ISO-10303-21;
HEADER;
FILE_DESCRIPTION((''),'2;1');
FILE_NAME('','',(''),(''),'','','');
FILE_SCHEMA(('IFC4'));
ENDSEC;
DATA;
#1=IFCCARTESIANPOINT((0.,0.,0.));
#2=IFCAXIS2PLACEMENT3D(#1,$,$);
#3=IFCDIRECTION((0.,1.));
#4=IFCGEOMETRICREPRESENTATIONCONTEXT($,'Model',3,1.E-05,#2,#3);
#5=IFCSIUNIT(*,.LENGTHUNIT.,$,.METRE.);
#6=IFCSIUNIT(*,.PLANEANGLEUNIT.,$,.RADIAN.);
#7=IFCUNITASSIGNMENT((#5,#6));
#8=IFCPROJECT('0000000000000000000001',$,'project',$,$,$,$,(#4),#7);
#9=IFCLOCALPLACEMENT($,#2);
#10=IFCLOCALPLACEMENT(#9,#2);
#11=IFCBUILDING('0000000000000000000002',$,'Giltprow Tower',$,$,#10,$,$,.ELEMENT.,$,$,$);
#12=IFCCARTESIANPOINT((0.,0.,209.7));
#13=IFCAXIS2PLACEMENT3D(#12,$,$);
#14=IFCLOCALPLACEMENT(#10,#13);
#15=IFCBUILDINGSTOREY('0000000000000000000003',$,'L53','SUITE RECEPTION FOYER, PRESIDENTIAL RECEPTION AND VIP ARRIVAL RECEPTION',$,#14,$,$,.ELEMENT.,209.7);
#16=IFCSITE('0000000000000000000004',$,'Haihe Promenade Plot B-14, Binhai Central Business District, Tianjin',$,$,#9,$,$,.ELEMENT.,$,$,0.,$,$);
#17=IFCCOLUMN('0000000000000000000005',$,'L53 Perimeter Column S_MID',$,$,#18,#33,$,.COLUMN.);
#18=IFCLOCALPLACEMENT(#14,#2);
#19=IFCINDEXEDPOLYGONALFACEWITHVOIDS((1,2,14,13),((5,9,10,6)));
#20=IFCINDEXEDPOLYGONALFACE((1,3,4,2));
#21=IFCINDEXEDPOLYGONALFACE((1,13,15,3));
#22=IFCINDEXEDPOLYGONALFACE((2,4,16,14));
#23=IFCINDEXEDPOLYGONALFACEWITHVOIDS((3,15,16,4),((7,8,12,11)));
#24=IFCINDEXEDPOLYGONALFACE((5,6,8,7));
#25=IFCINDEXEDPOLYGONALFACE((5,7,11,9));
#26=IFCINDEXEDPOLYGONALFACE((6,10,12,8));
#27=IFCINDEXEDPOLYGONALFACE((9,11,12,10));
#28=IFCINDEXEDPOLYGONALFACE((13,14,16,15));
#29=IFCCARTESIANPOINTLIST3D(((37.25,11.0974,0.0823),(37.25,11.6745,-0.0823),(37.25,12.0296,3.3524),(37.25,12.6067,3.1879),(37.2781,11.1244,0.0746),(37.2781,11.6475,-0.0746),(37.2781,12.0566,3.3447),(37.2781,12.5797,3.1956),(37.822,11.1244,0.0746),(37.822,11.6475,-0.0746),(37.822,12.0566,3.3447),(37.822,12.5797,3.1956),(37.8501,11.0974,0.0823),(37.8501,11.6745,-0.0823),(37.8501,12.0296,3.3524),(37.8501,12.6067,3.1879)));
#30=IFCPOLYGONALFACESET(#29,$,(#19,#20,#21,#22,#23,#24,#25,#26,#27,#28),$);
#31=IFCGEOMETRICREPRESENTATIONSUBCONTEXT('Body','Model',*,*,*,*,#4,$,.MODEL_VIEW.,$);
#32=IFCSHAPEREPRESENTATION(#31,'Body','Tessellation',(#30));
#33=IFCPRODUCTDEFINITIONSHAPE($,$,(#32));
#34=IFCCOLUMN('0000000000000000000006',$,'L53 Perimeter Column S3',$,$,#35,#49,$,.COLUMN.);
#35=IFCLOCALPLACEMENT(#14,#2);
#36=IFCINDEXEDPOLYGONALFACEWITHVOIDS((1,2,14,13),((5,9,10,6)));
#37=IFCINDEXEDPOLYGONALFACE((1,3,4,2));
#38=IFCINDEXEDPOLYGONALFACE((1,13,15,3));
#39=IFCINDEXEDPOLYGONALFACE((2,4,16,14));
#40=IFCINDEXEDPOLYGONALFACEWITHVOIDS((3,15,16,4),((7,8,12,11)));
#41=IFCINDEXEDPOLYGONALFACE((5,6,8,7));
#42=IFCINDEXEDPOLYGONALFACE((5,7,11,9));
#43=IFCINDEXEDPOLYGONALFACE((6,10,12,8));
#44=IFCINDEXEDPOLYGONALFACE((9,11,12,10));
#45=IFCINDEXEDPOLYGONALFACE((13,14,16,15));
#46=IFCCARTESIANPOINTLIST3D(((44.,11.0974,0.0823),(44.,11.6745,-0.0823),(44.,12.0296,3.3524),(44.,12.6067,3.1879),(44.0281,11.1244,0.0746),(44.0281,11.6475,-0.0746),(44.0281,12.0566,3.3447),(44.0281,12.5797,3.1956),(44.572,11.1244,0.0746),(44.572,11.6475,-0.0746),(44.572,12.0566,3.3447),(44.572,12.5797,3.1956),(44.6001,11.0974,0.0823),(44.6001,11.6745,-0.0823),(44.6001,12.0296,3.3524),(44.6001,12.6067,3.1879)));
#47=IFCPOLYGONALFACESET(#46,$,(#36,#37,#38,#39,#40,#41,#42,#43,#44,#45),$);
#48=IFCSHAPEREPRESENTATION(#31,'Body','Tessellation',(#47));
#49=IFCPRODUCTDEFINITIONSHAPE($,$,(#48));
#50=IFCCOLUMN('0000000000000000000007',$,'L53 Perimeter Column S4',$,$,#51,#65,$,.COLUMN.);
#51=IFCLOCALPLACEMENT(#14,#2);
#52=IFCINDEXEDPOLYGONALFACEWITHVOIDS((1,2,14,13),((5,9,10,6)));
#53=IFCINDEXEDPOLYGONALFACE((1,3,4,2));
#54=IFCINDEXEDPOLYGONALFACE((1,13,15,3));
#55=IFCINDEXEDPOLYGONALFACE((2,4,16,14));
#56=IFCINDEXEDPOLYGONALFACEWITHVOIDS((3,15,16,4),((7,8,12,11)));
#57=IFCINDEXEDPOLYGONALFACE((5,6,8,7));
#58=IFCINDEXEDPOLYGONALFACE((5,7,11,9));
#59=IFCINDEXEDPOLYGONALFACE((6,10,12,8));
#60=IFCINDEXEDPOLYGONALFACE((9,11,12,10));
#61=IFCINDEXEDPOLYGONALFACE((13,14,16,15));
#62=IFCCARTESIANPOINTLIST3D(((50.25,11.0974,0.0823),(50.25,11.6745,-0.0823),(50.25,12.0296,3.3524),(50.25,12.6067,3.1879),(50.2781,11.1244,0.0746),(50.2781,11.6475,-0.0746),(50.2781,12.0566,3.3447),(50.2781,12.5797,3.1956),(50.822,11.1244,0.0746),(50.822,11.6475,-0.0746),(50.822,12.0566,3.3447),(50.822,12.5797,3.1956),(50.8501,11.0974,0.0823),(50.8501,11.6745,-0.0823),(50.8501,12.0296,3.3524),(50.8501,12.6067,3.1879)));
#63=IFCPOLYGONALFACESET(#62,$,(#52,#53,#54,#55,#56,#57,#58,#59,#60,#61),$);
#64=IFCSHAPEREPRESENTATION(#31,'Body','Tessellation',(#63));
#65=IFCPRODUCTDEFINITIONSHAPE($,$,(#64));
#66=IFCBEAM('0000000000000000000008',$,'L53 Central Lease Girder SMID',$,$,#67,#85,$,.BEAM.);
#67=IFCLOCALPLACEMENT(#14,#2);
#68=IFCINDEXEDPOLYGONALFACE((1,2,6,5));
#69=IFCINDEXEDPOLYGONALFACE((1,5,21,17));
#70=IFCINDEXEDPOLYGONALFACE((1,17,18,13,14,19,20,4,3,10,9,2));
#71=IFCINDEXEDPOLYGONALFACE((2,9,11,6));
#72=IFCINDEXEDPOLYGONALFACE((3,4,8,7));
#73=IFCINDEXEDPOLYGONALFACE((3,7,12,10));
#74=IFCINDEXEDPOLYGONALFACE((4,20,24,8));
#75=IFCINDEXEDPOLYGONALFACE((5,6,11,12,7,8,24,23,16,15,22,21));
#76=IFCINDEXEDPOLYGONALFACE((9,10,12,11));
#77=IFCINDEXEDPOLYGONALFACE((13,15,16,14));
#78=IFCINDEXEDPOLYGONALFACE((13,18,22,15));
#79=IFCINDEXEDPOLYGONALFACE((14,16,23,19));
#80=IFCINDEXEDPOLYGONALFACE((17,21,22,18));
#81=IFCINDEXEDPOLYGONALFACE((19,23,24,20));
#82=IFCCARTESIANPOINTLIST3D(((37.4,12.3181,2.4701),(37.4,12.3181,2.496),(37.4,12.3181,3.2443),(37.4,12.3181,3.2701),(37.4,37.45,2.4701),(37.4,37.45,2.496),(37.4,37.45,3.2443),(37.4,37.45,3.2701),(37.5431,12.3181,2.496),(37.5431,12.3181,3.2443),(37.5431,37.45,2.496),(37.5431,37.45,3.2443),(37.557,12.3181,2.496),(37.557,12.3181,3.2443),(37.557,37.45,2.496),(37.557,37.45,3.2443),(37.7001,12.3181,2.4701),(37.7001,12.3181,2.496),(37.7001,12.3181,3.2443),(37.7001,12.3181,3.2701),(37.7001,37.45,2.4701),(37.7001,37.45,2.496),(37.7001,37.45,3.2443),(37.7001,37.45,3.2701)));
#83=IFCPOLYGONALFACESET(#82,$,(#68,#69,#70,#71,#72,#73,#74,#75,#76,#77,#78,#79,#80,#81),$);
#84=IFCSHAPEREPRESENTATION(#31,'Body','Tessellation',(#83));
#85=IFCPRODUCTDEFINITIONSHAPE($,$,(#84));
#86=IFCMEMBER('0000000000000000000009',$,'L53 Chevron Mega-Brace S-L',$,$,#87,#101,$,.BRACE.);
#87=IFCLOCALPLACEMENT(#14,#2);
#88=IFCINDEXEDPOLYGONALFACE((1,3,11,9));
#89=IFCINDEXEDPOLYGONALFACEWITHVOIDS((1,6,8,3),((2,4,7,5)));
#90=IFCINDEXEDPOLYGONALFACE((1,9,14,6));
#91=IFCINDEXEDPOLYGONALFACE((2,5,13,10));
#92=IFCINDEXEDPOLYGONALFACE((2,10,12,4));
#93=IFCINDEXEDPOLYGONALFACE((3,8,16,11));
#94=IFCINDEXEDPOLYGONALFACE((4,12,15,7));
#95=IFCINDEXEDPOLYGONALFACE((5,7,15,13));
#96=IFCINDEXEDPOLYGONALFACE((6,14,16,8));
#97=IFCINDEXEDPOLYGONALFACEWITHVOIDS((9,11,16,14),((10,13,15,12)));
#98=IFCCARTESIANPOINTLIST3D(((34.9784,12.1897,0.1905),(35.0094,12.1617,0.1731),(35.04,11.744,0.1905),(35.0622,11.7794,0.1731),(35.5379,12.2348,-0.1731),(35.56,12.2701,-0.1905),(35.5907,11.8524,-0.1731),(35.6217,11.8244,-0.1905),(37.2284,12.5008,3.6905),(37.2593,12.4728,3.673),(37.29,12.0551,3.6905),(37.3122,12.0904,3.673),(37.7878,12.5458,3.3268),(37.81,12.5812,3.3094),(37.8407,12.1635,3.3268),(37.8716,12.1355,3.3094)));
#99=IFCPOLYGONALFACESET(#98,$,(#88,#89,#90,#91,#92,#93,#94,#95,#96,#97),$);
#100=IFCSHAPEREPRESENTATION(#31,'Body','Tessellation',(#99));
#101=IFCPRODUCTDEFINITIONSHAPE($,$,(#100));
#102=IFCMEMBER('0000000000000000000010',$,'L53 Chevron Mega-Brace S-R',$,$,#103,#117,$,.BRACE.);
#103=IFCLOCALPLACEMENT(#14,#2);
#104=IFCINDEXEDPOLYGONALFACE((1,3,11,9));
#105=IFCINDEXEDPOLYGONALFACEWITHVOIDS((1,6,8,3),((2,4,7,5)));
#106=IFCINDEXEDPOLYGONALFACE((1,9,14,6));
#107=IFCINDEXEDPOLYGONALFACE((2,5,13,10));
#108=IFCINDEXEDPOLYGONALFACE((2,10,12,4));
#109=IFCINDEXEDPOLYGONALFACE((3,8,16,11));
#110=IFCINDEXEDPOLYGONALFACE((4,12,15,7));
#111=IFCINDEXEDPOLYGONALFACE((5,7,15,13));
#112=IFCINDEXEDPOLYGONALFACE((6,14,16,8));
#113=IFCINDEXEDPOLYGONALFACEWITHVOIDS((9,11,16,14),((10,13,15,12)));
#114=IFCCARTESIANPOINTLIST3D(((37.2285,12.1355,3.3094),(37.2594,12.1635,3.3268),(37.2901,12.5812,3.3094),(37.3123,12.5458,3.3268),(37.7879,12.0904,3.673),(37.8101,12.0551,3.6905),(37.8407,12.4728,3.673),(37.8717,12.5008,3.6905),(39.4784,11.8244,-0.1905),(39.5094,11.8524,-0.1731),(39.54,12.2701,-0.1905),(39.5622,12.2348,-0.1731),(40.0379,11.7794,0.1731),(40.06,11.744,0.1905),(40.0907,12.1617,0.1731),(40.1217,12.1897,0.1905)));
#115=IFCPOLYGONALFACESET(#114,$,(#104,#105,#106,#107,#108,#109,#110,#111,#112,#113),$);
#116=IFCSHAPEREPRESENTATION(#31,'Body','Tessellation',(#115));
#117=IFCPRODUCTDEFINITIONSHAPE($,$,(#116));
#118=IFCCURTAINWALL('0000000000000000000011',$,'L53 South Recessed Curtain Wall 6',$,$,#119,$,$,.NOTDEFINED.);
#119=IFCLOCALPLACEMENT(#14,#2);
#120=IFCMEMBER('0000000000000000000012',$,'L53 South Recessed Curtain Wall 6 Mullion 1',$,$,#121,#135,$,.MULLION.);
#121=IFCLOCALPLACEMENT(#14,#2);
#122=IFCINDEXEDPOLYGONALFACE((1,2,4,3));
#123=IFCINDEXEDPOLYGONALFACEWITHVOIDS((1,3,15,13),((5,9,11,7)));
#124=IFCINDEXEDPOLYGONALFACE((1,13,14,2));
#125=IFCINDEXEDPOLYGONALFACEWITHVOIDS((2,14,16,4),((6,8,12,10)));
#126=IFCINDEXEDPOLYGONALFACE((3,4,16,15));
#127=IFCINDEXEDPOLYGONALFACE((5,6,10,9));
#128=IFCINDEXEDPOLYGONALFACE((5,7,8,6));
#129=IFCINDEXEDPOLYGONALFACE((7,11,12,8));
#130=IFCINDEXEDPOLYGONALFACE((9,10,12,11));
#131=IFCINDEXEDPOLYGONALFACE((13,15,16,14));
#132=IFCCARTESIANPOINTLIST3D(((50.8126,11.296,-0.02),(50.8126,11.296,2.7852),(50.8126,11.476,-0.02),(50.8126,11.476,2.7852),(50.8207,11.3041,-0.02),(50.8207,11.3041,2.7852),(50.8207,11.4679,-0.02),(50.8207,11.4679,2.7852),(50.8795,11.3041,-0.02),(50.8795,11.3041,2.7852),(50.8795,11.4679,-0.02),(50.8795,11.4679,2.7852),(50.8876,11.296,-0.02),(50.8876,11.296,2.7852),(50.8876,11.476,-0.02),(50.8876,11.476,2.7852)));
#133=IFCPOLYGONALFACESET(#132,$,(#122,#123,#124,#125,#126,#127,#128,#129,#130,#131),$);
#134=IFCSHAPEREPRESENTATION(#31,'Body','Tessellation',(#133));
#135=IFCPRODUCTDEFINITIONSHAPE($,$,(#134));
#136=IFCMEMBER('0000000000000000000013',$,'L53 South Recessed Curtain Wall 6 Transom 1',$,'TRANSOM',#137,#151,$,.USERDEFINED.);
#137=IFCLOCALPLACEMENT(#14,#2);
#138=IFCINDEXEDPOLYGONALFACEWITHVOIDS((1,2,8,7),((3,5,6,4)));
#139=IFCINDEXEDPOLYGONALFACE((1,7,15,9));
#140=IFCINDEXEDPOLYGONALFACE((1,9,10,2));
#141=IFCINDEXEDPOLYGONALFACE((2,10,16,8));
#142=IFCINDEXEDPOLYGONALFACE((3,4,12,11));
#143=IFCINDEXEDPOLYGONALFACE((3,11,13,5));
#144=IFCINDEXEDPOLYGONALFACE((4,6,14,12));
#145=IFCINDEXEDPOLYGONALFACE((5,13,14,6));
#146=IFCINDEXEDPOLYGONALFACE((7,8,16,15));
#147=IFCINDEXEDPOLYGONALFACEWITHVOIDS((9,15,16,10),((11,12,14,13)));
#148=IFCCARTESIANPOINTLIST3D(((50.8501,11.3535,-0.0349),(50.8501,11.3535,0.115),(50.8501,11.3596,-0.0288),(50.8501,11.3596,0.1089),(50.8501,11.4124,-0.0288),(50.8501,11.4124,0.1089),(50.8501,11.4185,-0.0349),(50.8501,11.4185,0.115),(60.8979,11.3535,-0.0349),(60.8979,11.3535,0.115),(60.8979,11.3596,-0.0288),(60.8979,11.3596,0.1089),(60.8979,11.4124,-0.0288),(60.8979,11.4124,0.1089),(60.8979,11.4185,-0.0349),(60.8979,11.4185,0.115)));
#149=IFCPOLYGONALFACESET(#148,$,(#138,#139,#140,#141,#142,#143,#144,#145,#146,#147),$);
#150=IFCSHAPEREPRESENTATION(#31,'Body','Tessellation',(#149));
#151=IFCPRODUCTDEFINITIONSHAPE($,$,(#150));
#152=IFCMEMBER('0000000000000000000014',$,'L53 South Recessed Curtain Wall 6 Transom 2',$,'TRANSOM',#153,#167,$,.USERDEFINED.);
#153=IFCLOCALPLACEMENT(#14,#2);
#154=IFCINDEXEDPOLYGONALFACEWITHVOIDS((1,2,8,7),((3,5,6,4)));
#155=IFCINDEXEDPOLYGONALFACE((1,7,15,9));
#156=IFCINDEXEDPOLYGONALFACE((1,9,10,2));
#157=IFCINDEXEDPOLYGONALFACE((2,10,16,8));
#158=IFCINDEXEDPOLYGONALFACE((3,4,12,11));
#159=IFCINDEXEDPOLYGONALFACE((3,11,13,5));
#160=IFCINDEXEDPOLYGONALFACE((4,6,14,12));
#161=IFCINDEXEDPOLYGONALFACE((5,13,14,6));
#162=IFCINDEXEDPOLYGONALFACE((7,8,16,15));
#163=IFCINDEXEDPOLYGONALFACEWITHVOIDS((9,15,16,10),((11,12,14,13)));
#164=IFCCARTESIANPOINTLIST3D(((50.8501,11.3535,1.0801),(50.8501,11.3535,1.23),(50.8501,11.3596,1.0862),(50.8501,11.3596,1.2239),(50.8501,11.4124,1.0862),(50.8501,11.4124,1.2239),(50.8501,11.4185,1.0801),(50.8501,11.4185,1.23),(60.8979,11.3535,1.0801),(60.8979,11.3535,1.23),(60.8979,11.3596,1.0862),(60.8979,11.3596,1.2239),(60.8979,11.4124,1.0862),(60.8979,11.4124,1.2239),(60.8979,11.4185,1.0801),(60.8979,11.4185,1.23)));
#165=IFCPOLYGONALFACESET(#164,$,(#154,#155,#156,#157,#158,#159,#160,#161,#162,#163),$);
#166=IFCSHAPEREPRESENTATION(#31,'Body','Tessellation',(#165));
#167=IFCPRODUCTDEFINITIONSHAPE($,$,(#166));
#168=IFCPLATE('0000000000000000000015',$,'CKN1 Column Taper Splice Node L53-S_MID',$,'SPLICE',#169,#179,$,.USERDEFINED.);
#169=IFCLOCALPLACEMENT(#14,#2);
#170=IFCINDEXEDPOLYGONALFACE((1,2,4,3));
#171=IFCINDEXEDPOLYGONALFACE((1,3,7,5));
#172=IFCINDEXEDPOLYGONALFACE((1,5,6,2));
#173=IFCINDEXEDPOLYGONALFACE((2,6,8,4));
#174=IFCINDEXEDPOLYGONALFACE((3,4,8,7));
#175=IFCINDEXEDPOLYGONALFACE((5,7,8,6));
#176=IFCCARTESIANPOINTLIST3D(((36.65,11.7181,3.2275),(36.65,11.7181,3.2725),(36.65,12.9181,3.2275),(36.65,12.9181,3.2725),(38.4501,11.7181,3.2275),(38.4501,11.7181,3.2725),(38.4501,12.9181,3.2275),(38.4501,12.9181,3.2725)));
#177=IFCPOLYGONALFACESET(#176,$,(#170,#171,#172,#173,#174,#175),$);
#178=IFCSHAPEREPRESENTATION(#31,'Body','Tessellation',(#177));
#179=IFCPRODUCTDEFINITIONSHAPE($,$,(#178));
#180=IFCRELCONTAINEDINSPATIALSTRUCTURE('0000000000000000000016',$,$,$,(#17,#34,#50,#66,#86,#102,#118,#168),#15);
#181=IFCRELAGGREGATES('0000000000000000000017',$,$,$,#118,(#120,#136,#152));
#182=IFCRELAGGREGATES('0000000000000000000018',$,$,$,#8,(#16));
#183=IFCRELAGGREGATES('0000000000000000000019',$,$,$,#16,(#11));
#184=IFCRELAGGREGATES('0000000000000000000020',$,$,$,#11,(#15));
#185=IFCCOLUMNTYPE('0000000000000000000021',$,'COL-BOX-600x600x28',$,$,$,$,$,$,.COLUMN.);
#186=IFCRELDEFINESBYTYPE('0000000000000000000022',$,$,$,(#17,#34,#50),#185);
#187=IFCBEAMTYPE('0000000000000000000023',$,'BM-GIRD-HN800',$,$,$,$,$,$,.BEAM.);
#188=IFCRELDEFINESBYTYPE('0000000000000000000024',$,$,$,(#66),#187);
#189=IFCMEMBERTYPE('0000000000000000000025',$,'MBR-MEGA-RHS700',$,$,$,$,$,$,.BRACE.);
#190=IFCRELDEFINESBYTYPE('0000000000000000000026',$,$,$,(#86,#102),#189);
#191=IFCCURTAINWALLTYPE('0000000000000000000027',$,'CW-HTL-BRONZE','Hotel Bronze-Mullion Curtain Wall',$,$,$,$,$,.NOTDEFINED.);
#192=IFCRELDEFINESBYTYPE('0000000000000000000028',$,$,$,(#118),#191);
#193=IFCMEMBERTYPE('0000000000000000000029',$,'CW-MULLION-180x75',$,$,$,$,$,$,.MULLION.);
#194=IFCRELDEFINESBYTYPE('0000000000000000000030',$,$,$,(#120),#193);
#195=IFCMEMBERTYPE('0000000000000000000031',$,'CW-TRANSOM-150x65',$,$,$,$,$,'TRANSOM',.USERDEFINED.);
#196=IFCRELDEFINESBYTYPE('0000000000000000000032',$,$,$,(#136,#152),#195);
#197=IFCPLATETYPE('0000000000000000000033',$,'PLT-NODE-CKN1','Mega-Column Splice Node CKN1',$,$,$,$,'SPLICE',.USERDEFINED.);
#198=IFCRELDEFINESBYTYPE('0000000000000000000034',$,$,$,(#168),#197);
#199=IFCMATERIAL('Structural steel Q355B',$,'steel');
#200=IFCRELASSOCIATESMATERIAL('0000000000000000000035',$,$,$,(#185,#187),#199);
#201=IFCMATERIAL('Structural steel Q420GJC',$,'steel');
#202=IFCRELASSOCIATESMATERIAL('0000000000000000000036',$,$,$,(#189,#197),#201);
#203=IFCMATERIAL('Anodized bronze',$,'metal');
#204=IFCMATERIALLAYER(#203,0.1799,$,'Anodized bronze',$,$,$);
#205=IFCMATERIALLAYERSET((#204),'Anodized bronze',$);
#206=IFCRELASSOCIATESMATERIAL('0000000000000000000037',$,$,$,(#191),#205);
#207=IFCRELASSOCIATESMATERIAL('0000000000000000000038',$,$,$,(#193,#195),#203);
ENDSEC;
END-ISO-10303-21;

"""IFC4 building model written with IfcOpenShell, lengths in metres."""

from ifc_helpers import new_model, si_unit, direction, frame, origin, origin_2d, place, context, subcontext, project, spatial, rectangle, hollow_rectangle, i_section, extrude, source, transform, mapped, material, layer, layer_set, material_profile, profile_set, type_object, element, aggregate, save


model = new_model("IFC4")

# Units and contexts
model_context = context("Model", 3, precision=1e-05, world=origin(), true_north=direction((0.0, 1.0)))
body_context = subcontext(model_context, "Body", "Model", "MODEL_VIEW")
ifc_project = project(units=[si_unit("LENGTHUNIT", "METRE"), si_unit("PLANEANGLEUNIT", "RADIAN")], contexts=[model_context])

# Site, building, storey
site_placement = place(None, origin())
site = spatial("IfcSite", under=ifc_project, at=site_placement, Name="Haihe Promenade Plot B-14, Binhai Central Business District, Tianjin", CompositionType="ELEMENT", RefElevation=0.0)
building_placement = place(site_placement, origin())
building = spatial("IfcBuilding", under=site, at=building_placement, Name="Giltprow Tower", CompositionType="ELEMENT")
storey_placement = place(building_placement, frame((0.0, 0.0, 209.7)))
storey = spatial("IfcBuildingStorey", under=building, at=storey_placement, Name="L53", Description="SUITE RECEPTION FOYER, PRESIDENTIAL RECEPTION AND VIP ARRIVAL RECEPTION", CompositionType="ELEMENT", Elevation=209.7)

# Columns
ifc_material_1 = material(Name="Structural steel Q355B", Category="steel")
ifc_material_profile_1 = material_profile(ifc_material_1, hollow_rectangle(XDim=0.6001, YDim=0.6001, WallThickness=0.0281, at=origin_2d()), Name="BOX 600x600x28")
ifc_profile_set_1 = profile_set([ifc_material_profile_1], Name="Structural steel Q355B")
column_type = type_object("IfcColumnType", Name="COL-BOX-600x600x28", PredefinedType="COLUMN", material=ifc_profile_set_1)
shared_shape_1 = source(origin(), body_context, "Body", "SweptSolid", [
    extrude(hollow_rectangle(XDim=0.6001, YDim=0.6001, WallThickness=0.0281, at=origin_2d()), origin(), (0.0, 0.0, 1.0), 3.4004),
])
for number, where, z_axis, x_axis, name in (
    (1, (37.55, 11.386, 0.0), (0.0, 0.274133, 0.961692), (-1.0, 0.0, 0.0), "L53 Perimeter Column S_MID"),
    (2, (44.3, 11.386, 0.0), (0.0, 0.274133, 0.961692), (-1.0, 0.0, 0.0), "L53 Perimeter Column S3"),
    (3, (50.55, 11.386, 0.0), (0.0, 0.274133, 0.961692), (-1.0, 0.0, 0.0), "L53 Perimeter Column S4"),
):
    element("IfcColumn", number, at=place(storey_placement, frame(where, z_axis=z_axis, x_axis=x_axis)), inside=storey, type_object=column_type, Name=name, PredefinedType="COLUMN", context=body_context, shape_type="MappedRepresentation", body=[
        mapped(shared_shape_1, transform((0.0, 0.0, 0.0), x_axis=(1.0, 0.0, 0.0), y_axis=(0.0, 1.0, 0.0), z_axis=(0.0, 0.0, 1.0), scale=1.0)),
    ])

# Beam
ifc_material_profile_2 = material_profile(ifc_material_1, i_section(OverallWidth=0.3, OverallDepth=0.8, WebThickness=0.0139, FlangeThickness=0.0259, at=origin_2d()), Name="HN 800x300x14x26")
ifc_profile_set_2 = profile_set([ifc_material_profile_2], Name="Structural steel Q355B")
beam_type = type_object("IfcBeamType", Name="BM-GIRD-HN800", PredefinedType="BEAM", material=ifc_profile_set_2)
shared_shape_2 = source(origin(), body_context, "Body", "SweptSolid", [
    extrude(i_section(OverallWidth=0.3, OverallDepth=0.8, WebThickness=0.0139, FlangeThickness=0.0259, at=origin_2d()), origin(), (0.0, 0.0, 1.0), 25.1318),
])
beam_placement = place(storey_placement, frame((37.55, 12.3181, 2.8701), z_axis=(0.0, 1.0, 0.0), x_axis=(-1.0, 0.0, 0.0)))
element("IfcBeam", 4, at=beam_placement, inside=storey, type_object=beam_type, Name="L53 Central Lease Girder SMID", PredefinedType="BEAM", context=body_context, shape_type="MappedRepresentation", body=[
    mapped(shared_shape_2, transform((0.0, 0.0, 0.0), x_axis=(1.0, 0.0, 0.0), y_axis=(0.0, 1.0, 0.0), z_axis=(0.0, 0.0, 1.0), scale=1.0)),
])

# Members
ifc_material_2 = material(Name="Structural steel Q420GJC", Category="steel")
ifc_material_profile_3 = material_profile(ifc_material_2, hollow_rectangle(XDim=0.45, YDim=0.7, WallThickness=0.032, at=origin_2d()), Name="RHS 700x450x32")
ifc_profile_set_3 = profile_set([ifc_material_profile_3], Name="Structural steel Q420GJC")
member_type_1 = type_object("IfcMemberType", Name="MBR-MEGA-RHS700", PredefinedType="BRACE", material=ifc_profile_set_3)
shared_shape_3 = source(origin(), body_context, "Body", "SweptSolid", [
    extrude(hollow_rectangle(XDim=0.45, YDim=0.7, WallThickness=0.032, at=origin_2d()), origin(), (0.0, 0.0, 1.0), 4.1724),
])
for number, where, z_axis, x_axis, name in (
    (5, (35.3, 12.0071, 0.0), (0.539253, 0.074545, 0.838838), (-0.136936, 0.99058, 0.0), "L53 Chevron Mega-Brace S-L"),
    (6, (39.8, 12.0071, 0.0), (-0.539253, 0.074545, 0.838838), (-0.136936, -0.99058, 0.0), "L53 Chevron Mega-Brace S-R"),
):
    element("IfcMember", number, at=place(storey_placement, frame(where, z_axis=z_axis, x_axis=x_axis)), inside=storey, type_object=member_type_1, Name=name, PredefinedType="BRACE", context=body_context, shape_type="MappedRepresentation", body=[
        mapped(shared_shape_3, transform((0.0, 0.0, 0.0), x_axis=(1.0, 0.0, 0.0), y_axis=(0.0, 1.0, 0.0), z_axis=(0.0, 0.0, 1.0), scale=1.0)),
    ])

# Curtain wall, members
ifc_material_3 = material(Name="Anodized bronze", Category="metal")
ifc_layer_1 = layer(ifc_material_3, 0.1799, Name="Anodized bronze")
ifc_layer_set_1 = layer_set([ifc_layer_1], Name="Anodized bronze")
curtain_wall_type = type_object("IfcCurtainWallType", Name="CW-HTL-BRONZE", Description="Hotel Bronze-Mullion Curtain Wall", PredefinedType="NOTDEFINED", material=ifc_layer_set_1)
curtain_wall_placement = place(storey_placement, origin())
curtain_wall = element("IfcCurtainWall", 7, at=curtain_wall_placement, inside=storey, type_object=curtain_wall_type, Name="L53 South Recessed Curtain Wall 6", PredefinedType="NOTDEFINED")
ifc_material_profile_4 = material_profile(ifc_material_3, hollow_rectangle(XDim=0.075, YDim=0.1799, WallThickness=0.0081, at=origin_2d()), Name="RHS 180x75x8")
ifc_profile_set_4 = profile_set([ifc_material_profile_4], Name="Anodized bronze")
member_type_2 = type_object("IfcMemberType", Name="CW-MULLION-180x75", PredefinedType="MULLION", material=ifc_profile_set_4)
shared_shape_4 = source(origin(), body_context, "Body", "SweptSolid", [
    extrude(hollow_rectangle(XDim=0.075, YDim=0.1799, WallThickness=0.0081, at=origin_2d()), origin(), (0.0, 0.0, 1.0), 2.8052),
])
member_1_placement = place(storey_placement, frame((50.8501, 11.386, -0.02), z_axis=(0.0, 0.0, 1.0), x_axis=(1.0, 0.0, 0.0)))
member_1 = element("IfcMember", 8, at=member_1_placement, type_object=member_type_2, Name="L53 South Recessed Curtain Wall 6 Mullion 1", PredefinedType="MULLION", context=body_context, shape_type="MappedRepresentation", body=[
    mapped(shared_shape_4, transform((0.0, 0.0, 0.0), x_axis=(1.0, 0.0, 0.0), y_axis=(0.0, 1.0, 0.0), z_axis=(0.0, 0.0, 1.0), scale=1.0)),
])
ifc_material_profile_5 = material_profile(ifc_material_3, hollow_rectangle(XDim=0.0649, YDim=0.1499, WallThickness=0.0061, at=origin_2d()), Name="RHS 150x65x6")
ifc_profile_set_5 = profile_set([ifc_material_profile_5], Name="Anodized bronze")
member_type_3 = type_object("IfcMemberType", Name="CW-TRANSOM-150x65", ElementType="TRANSOM", PredefinedType="USERDEFINED", material=ifc_profile_set_5)
shared_shape_5 = source(origin(), body_context, "Body", "SweptSolid", [
    extrude(hollow_rectangle(XDim=0.0649, YDim=0.1499, WallThickness=0.0061, at=origin_2d()), origin(), (0.0, 0.0, 1.0), 10.0479),
])
member_2_placement = place(storey_placement, frame((50.8501, 11.386, 0.04), z_axis=(1.0, 0.0, 0.0), x_axis=(0.0, 1.0, 0.0)))
member_2 = element("IfcMember", 9, at=member_2_placement, type_object=member_type_3, Name="L53 South Recessed Curtain Wall 6 Transom 1", ObjectType="TRANSOM", PredefinedType="USERDEFINED", context=body_context, shape_type="MappedRepresentation", body=[
    mapped(shared_shape_5, transform((0.0, 0.0, 0.0), x_axis=(1.0, 0.0, 0.0), y_axis=(0.0, 1.0, 0.0), z_axis=(0.0, 0.0, 1.0), scale=1.0)),
])
member_3_placement = place(storey_placement, frame((50.8501, 11.386, 1.155), z_axis=(1.0, 0.0, 0.0), x_axis=(0.0, 1.0, 0.0)))
member_3 = element("IfcMember", 10, at=member_3_placement, type_object=member_type_3, Name="L53 South Recessed Curtain Wall 6 Transom 2", ObjectType="TRANSOM", PredefinedType="USERDEFINED", context=body_context, shape_type="MappedRepresentation", body=[
    mapped(shared_shape_5, transform((0.0, 0.0, 0.0), x_axis=(1.0, 0.0, 0.0), y_axis=(0.0, 1.0, 0.0), z_axis=(0.0, 0.0, 1.0), scale=1.0)),
])
aggregate(curtain_wall, [member_1, member_2, member_3])

# Plate
plate_type = type_object("IfcPlateType", Name="PLT-NODE-CKN1", Description="Mega-Column Splice Node CKN1", ElementType="SPLICE", PredefinedType="USERDEFINED", material=ifc_material_2)
shared_shape_6 = source(origin(), body_context, "Body", "SweptSolid", [
    extrude(rectangle(XDim=1.8, YDim=1.2, at=origin_2d()), origin(), (0.0, 0.0, 1.0), 0.0449),
])
plate_placement = place(storey_placement, frame((37.55, 12.3181, 3.2275), z_axis=(0.0, 0.0, 1.0), x_axis=(1.0, 0.0, 0.0)))
element("IfcPlate", 11, at=plate_placement, inside=storey, type_object=plate_type, Name="CKN1 Column Taper Splice Node L53-S_MID", ObjectType="SPLICE", PredefinedType="USERDEFINED", context=body_context, shape_type="MappedRepresentation", body=[
    mapped(shared_shape_6, transform((0.0, 0.0, 0.0), x_axis=(1.0, 0.0, 0.0), y_axis=(0.0, 1.0, 0.0), z_axis=(0.0, 0.0, 1.0), scale=1.0)),
])

save(model, "model.ifc")
